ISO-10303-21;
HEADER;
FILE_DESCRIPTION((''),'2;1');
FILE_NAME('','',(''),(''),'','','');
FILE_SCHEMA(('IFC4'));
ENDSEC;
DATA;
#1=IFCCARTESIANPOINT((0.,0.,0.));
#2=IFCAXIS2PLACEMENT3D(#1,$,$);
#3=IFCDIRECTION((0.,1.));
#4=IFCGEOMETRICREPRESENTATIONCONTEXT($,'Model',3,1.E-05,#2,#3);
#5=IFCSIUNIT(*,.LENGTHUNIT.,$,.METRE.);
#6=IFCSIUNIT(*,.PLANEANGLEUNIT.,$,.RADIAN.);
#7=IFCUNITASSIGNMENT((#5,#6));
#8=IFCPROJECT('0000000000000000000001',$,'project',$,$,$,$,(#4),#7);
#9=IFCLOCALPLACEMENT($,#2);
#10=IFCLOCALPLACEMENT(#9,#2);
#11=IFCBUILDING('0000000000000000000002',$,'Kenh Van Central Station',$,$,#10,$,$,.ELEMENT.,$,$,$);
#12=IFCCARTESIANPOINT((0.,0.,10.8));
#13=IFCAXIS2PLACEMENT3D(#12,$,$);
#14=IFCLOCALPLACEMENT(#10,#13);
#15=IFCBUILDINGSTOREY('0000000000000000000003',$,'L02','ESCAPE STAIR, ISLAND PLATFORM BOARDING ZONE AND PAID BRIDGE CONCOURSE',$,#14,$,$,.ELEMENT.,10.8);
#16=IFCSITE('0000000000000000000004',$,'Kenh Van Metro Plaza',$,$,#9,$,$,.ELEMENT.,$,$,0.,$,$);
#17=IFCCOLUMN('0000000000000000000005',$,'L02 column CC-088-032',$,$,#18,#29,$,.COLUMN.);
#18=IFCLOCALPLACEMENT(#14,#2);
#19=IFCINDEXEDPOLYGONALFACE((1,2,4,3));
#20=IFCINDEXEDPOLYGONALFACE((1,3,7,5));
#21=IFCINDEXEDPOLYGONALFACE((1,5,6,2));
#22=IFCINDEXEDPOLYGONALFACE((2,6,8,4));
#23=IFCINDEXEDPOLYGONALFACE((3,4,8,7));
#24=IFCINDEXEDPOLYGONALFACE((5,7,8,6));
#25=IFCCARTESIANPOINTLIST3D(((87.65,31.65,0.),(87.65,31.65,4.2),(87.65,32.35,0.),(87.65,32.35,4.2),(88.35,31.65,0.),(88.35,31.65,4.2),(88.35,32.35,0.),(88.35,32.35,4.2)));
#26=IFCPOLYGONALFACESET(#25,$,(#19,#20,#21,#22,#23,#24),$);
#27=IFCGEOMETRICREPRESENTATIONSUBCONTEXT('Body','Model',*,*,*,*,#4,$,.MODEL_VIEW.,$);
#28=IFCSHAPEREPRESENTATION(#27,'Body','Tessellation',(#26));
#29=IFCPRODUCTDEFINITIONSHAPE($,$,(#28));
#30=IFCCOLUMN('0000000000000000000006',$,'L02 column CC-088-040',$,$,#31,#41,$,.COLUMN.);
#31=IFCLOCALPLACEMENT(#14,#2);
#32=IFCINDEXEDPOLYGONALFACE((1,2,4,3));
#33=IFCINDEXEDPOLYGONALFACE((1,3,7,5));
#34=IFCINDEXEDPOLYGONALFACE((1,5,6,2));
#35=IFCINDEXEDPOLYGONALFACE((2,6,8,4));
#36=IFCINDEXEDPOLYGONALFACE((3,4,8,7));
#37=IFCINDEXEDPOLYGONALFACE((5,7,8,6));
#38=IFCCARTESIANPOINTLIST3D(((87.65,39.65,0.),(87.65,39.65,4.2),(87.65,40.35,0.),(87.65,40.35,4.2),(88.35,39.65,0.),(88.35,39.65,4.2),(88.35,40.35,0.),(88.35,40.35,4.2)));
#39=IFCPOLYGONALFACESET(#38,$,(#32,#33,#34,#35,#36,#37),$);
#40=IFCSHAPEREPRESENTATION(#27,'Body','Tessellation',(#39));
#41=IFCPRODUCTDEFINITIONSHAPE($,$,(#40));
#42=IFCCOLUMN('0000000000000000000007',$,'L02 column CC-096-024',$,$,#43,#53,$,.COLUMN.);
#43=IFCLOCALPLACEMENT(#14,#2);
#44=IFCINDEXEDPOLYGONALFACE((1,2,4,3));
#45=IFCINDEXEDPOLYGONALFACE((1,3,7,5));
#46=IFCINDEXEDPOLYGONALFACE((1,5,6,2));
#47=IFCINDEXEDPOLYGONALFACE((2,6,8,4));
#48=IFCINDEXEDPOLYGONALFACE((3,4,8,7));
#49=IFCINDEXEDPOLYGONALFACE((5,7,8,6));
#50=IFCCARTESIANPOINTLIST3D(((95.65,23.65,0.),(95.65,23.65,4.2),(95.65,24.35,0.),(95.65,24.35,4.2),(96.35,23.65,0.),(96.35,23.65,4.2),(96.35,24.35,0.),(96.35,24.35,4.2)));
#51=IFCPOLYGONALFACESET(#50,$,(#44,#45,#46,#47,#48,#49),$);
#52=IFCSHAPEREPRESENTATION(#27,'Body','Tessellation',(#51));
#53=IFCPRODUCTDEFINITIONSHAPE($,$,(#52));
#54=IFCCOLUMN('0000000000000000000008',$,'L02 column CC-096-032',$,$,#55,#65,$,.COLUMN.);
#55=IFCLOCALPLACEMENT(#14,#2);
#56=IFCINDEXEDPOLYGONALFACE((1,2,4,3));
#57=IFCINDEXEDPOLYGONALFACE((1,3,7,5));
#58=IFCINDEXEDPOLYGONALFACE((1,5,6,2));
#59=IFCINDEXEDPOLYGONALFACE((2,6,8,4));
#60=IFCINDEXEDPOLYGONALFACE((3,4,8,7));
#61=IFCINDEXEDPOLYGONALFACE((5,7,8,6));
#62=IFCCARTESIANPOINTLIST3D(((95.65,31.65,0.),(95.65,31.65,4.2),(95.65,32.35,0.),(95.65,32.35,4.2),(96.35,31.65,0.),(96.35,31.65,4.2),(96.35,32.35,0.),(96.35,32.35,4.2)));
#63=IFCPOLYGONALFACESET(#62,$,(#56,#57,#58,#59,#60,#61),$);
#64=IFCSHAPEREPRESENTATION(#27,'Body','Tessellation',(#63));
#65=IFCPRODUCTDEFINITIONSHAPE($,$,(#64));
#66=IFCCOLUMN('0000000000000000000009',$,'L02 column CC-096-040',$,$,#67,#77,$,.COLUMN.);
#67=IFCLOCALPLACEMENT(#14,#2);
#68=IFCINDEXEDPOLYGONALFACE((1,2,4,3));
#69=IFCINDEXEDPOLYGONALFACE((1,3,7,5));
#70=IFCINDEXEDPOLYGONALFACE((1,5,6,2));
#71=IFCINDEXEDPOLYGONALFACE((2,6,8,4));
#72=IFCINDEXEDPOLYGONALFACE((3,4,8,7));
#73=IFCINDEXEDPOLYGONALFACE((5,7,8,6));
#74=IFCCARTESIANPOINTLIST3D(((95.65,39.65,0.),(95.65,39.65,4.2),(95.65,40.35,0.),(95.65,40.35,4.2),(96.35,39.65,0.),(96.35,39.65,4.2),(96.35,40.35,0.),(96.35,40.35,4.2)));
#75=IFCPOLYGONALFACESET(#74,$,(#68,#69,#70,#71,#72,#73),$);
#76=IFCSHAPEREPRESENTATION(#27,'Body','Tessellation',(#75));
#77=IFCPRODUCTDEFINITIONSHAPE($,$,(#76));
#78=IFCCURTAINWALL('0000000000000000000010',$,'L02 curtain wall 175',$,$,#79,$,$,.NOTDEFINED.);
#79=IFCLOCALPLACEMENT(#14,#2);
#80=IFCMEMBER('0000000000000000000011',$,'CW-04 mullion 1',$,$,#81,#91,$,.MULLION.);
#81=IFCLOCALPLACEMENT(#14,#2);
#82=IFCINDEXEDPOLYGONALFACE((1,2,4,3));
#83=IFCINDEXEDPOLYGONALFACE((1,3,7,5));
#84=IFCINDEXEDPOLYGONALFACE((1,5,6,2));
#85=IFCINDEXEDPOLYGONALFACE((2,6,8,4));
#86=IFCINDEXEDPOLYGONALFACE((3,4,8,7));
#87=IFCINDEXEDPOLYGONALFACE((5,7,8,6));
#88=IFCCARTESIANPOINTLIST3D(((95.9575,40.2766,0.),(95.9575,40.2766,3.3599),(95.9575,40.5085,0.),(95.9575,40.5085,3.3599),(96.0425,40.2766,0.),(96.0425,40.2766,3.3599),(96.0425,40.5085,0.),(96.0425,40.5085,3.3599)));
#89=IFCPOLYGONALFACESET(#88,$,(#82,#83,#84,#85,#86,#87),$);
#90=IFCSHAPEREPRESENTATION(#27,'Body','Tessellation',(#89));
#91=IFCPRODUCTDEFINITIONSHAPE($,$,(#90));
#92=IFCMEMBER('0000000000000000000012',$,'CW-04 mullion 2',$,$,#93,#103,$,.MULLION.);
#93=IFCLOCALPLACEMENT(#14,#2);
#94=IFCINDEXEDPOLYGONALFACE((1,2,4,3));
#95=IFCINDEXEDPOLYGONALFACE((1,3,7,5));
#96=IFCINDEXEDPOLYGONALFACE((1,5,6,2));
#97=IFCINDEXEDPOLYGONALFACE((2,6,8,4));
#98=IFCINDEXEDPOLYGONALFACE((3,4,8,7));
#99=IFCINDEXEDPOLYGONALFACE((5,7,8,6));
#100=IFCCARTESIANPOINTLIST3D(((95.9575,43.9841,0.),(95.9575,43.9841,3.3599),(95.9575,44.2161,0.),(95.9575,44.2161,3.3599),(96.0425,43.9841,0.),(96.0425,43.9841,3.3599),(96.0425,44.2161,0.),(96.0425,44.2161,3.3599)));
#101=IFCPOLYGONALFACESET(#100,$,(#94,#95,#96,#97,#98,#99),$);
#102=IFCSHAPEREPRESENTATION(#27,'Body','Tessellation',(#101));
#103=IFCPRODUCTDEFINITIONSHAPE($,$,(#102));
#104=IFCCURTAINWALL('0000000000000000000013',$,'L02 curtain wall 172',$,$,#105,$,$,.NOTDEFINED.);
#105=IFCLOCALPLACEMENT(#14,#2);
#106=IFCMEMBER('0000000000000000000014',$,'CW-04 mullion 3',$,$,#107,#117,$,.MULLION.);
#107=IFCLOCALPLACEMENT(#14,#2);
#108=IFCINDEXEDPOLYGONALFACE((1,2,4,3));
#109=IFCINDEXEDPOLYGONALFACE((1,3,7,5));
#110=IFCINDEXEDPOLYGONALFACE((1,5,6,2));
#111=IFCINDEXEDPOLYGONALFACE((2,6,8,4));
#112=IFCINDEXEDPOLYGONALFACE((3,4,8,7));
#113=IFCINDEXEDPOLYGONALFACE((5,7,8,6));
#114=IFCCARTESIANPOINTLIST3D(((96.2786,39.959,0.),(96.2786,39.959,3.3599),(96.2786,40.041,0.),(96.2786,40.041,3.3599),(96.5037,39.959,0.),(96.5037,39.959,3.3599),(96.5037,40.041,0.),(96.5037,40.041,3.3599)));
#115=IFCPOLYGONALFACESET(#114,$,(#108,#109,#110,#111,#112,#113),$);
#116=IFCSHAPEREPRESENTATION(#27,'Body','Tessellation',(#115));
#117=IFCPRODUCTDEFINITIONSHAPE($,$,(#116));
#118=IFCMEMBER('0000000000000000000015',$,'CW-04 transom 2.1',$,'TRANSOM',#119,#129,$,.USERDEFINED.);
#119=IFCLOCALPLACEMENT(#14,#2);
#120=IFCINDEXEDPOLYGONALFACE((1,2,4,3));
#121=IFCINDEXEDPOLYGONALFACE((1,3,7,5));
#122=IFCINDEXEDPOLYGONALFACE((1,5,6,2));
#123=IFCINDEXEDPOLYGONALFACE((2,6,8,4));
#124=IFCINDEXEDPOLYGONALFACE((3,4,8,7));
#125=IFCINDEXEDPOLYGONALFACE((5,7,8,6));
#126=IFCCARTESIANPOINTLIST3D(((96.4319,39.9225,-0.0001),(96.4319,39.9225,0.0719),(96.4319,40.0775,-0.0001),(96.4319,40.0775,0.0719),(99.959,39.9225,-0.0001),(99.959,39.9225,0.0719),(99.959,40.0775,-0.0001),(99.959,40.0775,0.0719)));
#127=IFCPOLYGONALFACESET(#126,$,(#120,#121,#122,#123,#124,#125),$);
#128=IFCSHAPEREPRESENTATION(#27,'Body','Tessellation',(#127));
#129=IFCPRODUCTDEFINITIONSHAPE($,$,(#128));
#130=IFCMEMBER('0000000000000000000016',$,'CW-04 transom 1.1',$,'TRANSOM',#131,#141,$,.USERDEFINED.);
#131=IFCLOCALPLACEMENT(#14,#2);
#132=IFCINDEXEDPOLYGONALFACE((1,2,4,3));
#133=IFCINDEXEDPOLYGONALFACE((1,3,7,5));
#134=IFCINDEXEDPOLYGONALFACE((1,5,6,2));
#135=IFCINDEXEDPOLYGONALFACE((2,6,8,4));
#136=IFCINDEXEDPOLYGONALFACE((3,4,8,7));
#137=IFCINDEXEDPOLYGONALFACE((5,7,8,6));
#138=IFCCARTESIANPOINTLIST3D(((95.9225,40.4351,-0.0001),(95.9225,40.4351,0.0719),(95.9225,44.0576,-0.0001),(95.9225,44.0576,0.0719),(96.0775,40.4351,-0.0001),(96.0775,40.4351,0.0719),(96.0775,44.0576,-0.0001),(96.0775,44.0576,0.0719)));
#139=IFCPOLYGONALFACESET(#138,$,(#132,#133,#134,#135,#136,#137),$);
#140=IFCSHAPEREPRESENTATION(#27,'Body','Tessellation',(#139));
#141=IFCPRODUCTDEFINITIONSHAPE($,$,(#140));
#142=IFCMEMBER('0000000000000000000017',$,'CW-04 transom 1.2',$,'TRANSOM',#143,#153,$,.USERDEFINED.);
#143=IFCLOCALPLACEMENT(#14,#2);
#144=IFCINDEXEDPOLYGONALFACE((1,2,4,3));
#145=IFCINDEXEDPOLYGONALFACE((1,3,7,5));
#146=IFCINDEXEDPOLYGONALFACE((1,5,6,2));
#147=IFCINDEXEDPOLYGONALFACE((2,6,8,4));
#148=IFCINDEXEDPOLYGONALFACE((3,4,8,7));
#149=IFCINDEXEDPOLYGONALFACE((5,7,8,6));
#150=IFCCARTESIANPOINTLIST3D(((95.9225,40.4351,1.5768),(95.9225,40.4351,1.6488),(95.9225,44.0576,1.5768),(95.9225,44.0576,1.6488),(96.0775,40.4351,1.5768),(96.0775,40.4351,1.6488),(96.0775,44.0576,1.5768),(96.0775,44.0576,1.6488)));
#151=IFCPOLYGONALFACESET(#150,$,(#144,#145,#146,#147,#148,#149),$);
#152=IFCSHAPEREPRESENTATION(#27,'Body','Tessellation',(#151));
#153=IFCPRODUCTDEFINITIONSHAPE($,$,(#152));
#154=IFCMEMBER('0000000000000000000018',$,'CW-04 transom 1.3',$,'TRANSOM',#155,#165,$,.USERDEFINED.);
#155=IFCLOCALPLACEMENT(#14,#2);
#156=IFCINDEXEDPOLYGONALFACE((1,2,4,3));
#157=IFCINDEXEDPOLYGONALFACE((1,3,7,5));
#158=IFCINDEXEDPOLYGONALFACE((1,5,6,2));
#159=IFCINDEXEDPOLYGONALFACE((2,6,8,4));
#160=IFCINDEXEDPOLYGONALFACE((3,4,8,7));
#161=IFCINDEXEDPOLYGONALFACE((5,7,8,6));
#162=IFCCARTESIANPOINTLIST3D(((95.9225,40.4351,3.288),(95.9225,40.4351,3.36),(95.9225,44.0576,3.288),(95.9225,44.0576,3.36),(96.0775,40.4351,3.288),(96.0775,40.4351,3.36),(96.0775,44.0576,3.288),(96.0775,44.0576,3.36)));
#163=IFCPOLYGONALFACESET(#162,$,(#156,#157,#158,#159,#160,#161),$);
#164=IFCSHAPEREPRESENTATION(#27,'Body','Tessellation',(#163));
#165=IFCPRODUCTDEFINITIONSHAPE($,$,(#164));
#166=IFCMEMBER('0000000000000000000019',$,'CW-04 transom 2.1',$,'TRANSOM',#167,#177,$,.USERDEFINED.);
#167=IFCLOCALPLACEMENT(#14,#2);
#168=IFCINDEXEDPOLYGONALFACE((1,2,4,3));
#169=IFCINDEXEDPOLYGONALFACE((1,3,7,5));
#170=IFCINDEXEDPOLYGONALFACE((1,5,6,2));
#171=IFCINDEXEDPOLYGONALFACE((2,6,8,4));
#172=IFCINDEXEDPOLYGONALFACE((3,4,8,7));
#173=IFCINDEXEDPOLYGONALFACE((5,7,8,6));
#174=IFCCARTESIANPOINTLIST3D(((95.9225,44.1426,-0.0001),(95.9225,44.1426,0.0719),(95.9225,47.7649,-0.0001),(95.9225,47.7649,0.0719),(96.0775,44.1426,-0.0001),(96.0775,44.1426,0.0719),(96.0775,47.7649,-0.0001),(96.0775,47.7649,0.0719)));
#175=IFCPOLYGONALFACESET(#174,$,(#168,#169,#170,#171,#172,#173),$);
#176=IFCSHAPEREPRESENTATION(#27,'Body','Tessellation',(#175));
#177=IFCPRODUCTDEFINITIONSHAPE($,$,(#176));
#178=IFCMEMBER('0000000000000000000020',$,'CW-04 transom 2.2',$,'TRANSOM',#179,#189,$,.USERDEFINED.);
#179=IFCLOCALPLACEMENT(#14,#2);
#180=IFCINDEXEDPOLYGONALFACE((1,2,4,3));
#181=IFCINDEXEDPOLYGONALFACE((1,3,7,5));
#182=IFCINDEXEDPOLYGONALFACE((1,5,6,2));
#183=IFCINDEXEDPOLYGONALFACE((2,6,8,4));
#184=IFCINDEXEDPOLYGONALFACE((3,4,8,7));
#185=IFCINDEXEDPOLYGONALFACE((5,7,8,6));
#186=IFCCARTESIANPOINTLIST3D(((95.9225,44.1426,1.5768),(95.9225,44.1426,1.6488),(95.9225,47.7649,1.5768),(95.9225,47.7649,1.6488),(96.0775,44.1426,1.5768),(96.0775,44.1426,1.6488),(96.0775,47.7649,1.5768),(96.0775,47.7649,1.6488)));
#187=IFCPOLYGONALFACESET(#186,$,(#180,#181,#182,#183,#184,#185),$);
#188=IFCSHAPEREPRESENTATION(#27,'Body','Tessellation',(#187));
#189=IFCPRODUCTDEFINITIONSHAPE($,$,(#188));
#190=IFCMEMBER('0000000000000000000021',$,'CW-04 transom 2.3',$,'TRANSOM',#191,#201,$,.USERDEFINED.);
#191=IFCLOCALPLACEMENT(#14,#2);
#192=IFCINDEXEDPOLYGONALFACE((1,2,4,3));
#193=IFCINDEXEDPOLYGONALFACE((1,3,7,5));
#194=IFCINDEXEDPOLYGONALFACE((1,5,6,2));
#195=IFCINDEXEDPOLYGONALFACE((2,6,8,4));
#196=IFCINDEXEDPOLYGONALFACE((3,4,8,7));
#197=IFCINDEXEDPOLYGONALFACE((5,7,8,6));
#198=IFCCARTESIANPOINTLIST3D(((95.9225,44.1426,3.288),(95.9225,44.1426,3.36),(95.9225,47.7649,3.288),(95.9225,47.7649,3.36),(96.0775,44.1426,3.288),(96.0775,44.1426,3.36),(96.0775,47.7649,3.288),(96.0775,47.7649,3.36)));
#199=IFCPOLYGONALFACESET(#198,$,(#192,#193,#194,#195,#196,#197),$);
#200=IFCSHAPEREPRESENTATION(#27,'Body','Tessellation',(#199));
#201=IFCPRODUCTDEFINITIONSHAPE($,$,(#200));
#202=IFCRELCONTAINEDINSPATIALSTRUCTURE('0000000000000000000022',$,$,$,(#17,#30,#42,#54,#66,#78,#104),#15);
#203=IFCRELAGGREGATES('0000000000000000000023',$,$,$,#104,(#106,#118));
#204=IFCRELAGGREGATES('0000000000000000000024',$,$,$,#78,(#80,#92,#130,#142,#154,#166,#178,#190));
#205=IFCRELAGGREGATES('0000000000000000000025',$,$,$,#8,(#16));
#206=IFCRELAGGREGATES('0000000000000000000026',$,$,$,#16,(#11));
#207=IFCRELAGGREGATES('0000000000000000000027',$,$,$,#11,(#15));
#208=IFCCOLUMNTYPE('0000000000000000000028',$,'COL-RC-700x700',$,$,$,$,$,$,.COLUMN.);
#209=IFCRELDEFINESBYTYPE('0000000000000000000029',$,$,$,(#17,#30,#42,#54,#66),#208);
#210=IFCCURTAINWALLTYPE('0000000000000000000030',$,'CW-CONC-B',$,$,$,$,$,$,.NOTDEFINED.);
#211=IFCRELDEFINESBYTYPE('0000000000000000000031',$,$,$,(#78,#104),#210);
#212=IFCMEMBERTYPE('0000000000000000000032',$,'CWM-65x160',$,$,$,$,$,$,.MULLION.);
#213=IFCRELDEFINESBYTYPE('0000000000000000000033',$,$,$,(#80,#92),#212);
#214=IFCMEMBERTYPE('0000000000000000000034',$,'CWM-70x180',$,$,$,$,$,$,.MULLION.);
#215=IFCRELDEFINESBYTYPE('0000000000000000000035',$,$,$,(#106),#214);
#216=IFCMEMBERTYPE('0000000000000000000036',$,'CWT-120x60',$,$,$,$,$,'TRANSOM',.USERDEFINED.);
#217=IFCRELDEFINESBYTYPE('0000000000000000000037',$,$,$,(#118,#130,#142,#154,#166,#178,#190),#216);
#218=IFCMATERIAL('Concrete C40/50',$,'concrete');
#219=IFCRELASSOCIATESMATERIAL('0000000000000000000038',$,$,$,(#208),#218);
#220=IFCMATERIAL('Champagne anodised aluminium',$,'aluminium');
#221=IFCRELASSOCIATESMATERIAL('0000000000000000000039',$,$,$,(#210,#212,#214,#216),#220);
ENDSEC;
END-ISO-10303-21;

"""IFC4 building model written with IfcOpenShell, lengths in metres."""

from ifc_helpers import new_model, si_unit, direction, frame, origin, origin_2d, place, context, subcontext, project, spatial, rectangle, extrude, material, material_profile, profile_set, type_object, element, aggregate, save


model = new_model("IFC4")

# Units and contexts
model_context = context("Model", 3, precision=1e-05, world=origin(), true_north=direction((0.0, 1.0)))
body_context = subcontext(model_context, "Body", "Model", "MODEL_VIEW")
ifc_project = project(units=[si_unit("LENGTHUNIT", "METRE"), si_unit("PLANEANGLEUNIT", "RADIAN")], contexts=[model_context])

# Site, building, storey
site_placement = place(None, origin())
site = spatial("IfcSite", under=ifc_project, at=site_placement, Name="Kenh Van Metro Plaza", CompositionType="ELEMENT", RefElevation=0.0)
building_placement = place(site_placement, origin())
building = spatial("IfcBuilding", under=site, at=building_placement, Name="Kenh Van Central Station", CompositionType="ELEMENT")
storey_placement = place(building_placement, frame((0.0, 0.0, 10.8)))
storey = spatial("IfcBuildingStorey", under=building, at=storey_placement, Name="L02", Description="ESCAPE STAIR, ISLAND PLATFORM BOARDING ZONE AND PAID BRIDGE CONCOURSE", CompositionType="ELEMENT", Elevation=10.8)

# Columns
ifc_material_1 = material(Name="Concrete C40/50", Category="concrete")
ifc_material_profile_1 = material_profile(ifc_material_1, rectangle(XDim=0.7, YDim=0.7, at=origin_2d()), Name="RC 700x700")
ifc_profile_set_1 = profile_set([ifc_material_profile_1], Name="Concrete C40/50")
column_type = type_object("IfcColumnType", Name="COL-RC-700x700", PredefinedType="COLUMN", material=ifc_profile_set_1)
for number, where, z_axis, x_axis, name in (
    (1, (88.0, 32.0, 0.0), (0.0, 0.0, 1.0), (1.0, 0.0, 0.0), "L02 column CC-088-032"),
    (2, (88.0, 40.0, 0.0), (0.0, 0.0, 1.0), (1.0, 0.0, 0.0), "L02 column CC-088-040"),
    (3, (96.0, 24.0, 0.0), (0.0, 0.0, 1.0), (1.0, 0.0, 0.0), "L02 column CC-096-024"),
    (4, (96.0, 32.0, 0.0), (0.0, 0.0, 1.0), (1.0, 0.0, 0.0), "L02 column CC-096-032"),
    (5, (96.0, 40.0, 0.0), (0.0, 0.0, 1.0), (1.0, 0.0, 0.0), "L02 column CC-096-040"),
):
    element("IfcColumn", number, at=place(storey_placement, frame(where, z_axis=z_axis, x_axis=x_axis)), inside=storey, type_object=column_type, Name=name, PredefinedType="COLUMN", context=body_context, shape_type="SweptSolid", body=[
        extrude(rectangle(XDim=0.7, YDim=0.7, at=origin_2d()), origin(), (0.0, 0.0, 1.0), 4.2),
    ])

# Curtain walls, members
ifc_material_2 = material(Name="Champagne anodised aluminium", Category="aluminium")
curtain_wall_type = type_object("IfcCurtainWallType", Name="CW-CONC-B", PredefinedType="NOTDEFINED", material=ifc_material_2)
curtain_wall_1_placement = place(storey_placement, origin())
curtain_wall_1 = element("IfcCurtainWall", 6, at=curtain_wall_1_placement, inside=storey, type_object=curtain_wall_type, Name="L02 curtain wall 175", PredefinedType="NOTDEFINED")
ifc_material_profile_2 = material_profile(ifc_material_2, rectangle(XDim=0.085, YDim=0.2319, at=origin_2d()), Name="AL 85x232")
ifc_profile_set_2 = profile_set([ifc_material_profile_2], Name="Champagne anodised aluminium")
member_type_1 = type_object("IfcMemberType", Name="CWM-65x160", PredefinedType="MULLION", material=ifc_profile_set_2)
member_1_placement = place(storey_placement, frame((96.0, 40.3926, 0.0), z_axis=(0.0, 0.0, 1.0), x_axis=(-1.0, 0.0, 0.0)))
member_1 = element("IfcMember", 7, at=member_1_placement, type_object=member_type_1, Name="CW-04 mullion 1", PredefinedType="MULLION", context=body_context, shape_type="SweptSolid", body=[
    extrude(rectangle(XDim=0.085, YDim=0.2319, at=origin_2d()), origin(), (0.0, 0.0, 1.0), 3.3599),
])
member_2_placement = place(storey_placement, frame((96.0, 44.1001, 0.0), z_axis=(0.0, 0.0, 1.0), x_axis=(-1.0, 0.0, 0.0)))
member_2 = element("IfcMember", 8, at=member_2_placement, type_object=member_type_1, Name="CW-04 mullion 2", PredefinedType="MULLION", context=body_context, shape_type="SweptSolid", body=[
    extrude(rectangle(XDim=0.085, YDim=0.2319, at=origin_2d()), origin(), (0.0, 0.0, 1.0), 3.3599),
])
curtain_wall_2_placement = place(storey_placement, origin())
curtain_wall_2 = element("IfcCurtainWall", 9, at=curtain_wall_2_placement, inside=storey, type_object=curtain_wall_type, Name="L02 curtain wall 172", PredefinedType="NOTDEFINED")
ifc_material_profile_3 = material_profile(ifc_material_2, rectangle(XDim=0.082, YDim=0.2251, at=origin_2d()), Name="AL 82x225")
ifc_profile_set_3 = profile_set([ifc_material_profile_3], Name="Champagne anodised aluminium")
member_type_2 = type_object("IfcMemberType", Name="CWM-70x180", PredefinedType="MULLION", material=ifc_profile_set_3)
member_3_placement = place(storey_placement, frame((96.3911, 40.0, 0.0), z_axis=(0.0, 0.0, 1.0), x_axis=(0.0, -1.0, 0.0)))
member_3 = element("IfcMember", 10, at=member_3_placement, type_object=member_type_2, Name="CW-04 mullion 3", PredefinedType="MULLION", context=body_context, shape_type="SweptSolid", body=[
    extrude(rectangle(XDim=0.082, YDim=0.2251, at=origin_2d()), origin(), (0.0, 0.0, 1.0), 3.3599),
])
ifc_material_profile_4 = material_profile(ifc_material_2, rectangle(XDim=0.155, YDim=0.072, at=origin_2d()), Name="AL 155x72")
ifc_profile_set_4 = profile_set([ifc_material_profile_4], Name="Champagne anodised aluminium")
member_type_3 = type_object("IfcMemberType", Name="CWT-120x60", ElementType="TRANSOM", PredefinedType="USERDEFINED", material=ifc_profile_set_4)
member_4_placement = place(storey_placement, frame((99.959, 40.0, 0.0359), z_axis=(-1.0, 0.0, 0.0), x_axis=(0.0, -1.0, 0.0)))
member_4 = element("IfcMember", 11, at=member_4_placement, type_object=member_type_3, Name="CW-04 transom 2.1", ObjectType="TRANSOM", PredefinedType="USERDEFINED", context=body_context, shape_type="SweptSolid", body=[
    extrude(rectangle(XDim=0.155, YDim=0.072, at=origin_2d()), origin(), (0.0, 0.0, 1.0), 3.5271),
])

# Members
member_5_placement = place(storey_placement, frame((96.0, 40.4351, 0.0359), z_axis=(0.0, 1.0, 0.0), x_axis=(-1.0, 0.0, 0.0)))
member_5 = element("IfcMember", 12, at=member_5_placement, type_object=member_type_3, Name="CW-04 transom 1.1", ObjectType="TRANSOM", PredefinedType="USERDEFINED", context=body_context, shape_type="SweptSolid", body=[
    extrude(rectangle(XDim=0.155, YDim=0.072, at=origin_2d()), origin(), (0.0, 0.0, 1.0), 3.6226),
])
member_6_placement = place(storey_placement, frame((96.0, 40.4351, 1.6128), z_axis=(0.0, 1.0, 0.0), x_axis=(-1.0, 0.0, 0.0)))
member_6 = element("IfcMember", 13, at=member_6_placement, type_object=member_type_3, Name="CW-04 transom 1.2", ObjectType="TRANSOM", PredefinedType="USERDEFINED", context=body_context, shape_type="SweptSolid", body=[
    extrude(rectangle(XDim=0.155, YDim=0.072, at=origin_2d()), origin(), (0.0, 0.0, 1.0), 3.6226),
])
member_7_placement = place(storey_placement, frame((96.0, 40.4351, 3.324), z_axis=(0.0, 1.0, 0.0), x_axis=(-1.0, 0.0, 0.0)))
member_7 = element("IfcMember", 14, at=member_7_placement, type_object=member_type_3, Name="CW-04 transom 1.3", ObjectType="TRANSOM", PredefinedType="USERDEFINED", context=body_context, shape_type="SweptSolid", body=[
    extrude(rectangle(XDim=0.155, YDim=0.072, at=origin_2d()), origin(), (0.0, 0.0, 1.0), 3.6226),
])
member_8_placement = place(storey_placement, frame((96.0, 44.1426, 0.0359), z_axis=(0.0, 1.0, 0.0), x_axis=(-1.0, 0.0, 0.0)))
member_8 = element("IfcMember", 15, at=member_8_placement, type_object=member_type_3, Name="CW-04 transom 2.1", ObjectType="TRANSOM", PredefinedType="USERDEFINED", context=body_context, shape_type="SweptSolid", body=[
    extrude(rectangle(XDim=0.155, YDim=0.072, at=origin_2d()), origin(), (0.0, 0.0, 1.0), 3.6223),
])
member_9_placement = place(storey_placement, frame((96.0, 44.1426, 1.6128), z_axis=(0.0, 1.0, 0.0), x_axis=(-1.0, 0.0, 0.0)))
member_9 = element("IfcMember", 16, at=member_9_placement, type_object=member_type_3, Name="CW-04 transom 2.2", ObjectType="TRANSOM", PredefinedType="USERDEFINED", context=body_context, shape_type="SweptSolid", body=[
    extrude(rectangle(XDim=0.155, YDim=0.072, at=origin_2d()), origin(), (0.0, 0.0, 1.0), 3.6223),
])
member_10_placement = place(storey_placement, frame((96.0, 44.1426, 3.324), z_axis=(0.0, 1.0, 0.0), x_axis=(-1.0, 0.0, 0.0)))
member_10 = element("IfcMember", 17, at=member_10_placement, type_object=member_type_3, Name="CW-04 transom 2.3", ObjectType="TRANSOM", PredefinedType="USERDEFINED", context=body_context, shape_type="SweptSolid", body=[
    extrude(rectangle(XDim=0.155, YDim=0.072, at=origin_2d()), origin(), (0.0, 0.0, 1.0), 3.6223),
])

aggregate(curtain_wall_2, [member_3, member_4])
aggregate(curtain_wall_1, [member_1, member_2, member_5, member_6, member_7, member_8, member_9, member_10])

save(model, "model.ifc")
